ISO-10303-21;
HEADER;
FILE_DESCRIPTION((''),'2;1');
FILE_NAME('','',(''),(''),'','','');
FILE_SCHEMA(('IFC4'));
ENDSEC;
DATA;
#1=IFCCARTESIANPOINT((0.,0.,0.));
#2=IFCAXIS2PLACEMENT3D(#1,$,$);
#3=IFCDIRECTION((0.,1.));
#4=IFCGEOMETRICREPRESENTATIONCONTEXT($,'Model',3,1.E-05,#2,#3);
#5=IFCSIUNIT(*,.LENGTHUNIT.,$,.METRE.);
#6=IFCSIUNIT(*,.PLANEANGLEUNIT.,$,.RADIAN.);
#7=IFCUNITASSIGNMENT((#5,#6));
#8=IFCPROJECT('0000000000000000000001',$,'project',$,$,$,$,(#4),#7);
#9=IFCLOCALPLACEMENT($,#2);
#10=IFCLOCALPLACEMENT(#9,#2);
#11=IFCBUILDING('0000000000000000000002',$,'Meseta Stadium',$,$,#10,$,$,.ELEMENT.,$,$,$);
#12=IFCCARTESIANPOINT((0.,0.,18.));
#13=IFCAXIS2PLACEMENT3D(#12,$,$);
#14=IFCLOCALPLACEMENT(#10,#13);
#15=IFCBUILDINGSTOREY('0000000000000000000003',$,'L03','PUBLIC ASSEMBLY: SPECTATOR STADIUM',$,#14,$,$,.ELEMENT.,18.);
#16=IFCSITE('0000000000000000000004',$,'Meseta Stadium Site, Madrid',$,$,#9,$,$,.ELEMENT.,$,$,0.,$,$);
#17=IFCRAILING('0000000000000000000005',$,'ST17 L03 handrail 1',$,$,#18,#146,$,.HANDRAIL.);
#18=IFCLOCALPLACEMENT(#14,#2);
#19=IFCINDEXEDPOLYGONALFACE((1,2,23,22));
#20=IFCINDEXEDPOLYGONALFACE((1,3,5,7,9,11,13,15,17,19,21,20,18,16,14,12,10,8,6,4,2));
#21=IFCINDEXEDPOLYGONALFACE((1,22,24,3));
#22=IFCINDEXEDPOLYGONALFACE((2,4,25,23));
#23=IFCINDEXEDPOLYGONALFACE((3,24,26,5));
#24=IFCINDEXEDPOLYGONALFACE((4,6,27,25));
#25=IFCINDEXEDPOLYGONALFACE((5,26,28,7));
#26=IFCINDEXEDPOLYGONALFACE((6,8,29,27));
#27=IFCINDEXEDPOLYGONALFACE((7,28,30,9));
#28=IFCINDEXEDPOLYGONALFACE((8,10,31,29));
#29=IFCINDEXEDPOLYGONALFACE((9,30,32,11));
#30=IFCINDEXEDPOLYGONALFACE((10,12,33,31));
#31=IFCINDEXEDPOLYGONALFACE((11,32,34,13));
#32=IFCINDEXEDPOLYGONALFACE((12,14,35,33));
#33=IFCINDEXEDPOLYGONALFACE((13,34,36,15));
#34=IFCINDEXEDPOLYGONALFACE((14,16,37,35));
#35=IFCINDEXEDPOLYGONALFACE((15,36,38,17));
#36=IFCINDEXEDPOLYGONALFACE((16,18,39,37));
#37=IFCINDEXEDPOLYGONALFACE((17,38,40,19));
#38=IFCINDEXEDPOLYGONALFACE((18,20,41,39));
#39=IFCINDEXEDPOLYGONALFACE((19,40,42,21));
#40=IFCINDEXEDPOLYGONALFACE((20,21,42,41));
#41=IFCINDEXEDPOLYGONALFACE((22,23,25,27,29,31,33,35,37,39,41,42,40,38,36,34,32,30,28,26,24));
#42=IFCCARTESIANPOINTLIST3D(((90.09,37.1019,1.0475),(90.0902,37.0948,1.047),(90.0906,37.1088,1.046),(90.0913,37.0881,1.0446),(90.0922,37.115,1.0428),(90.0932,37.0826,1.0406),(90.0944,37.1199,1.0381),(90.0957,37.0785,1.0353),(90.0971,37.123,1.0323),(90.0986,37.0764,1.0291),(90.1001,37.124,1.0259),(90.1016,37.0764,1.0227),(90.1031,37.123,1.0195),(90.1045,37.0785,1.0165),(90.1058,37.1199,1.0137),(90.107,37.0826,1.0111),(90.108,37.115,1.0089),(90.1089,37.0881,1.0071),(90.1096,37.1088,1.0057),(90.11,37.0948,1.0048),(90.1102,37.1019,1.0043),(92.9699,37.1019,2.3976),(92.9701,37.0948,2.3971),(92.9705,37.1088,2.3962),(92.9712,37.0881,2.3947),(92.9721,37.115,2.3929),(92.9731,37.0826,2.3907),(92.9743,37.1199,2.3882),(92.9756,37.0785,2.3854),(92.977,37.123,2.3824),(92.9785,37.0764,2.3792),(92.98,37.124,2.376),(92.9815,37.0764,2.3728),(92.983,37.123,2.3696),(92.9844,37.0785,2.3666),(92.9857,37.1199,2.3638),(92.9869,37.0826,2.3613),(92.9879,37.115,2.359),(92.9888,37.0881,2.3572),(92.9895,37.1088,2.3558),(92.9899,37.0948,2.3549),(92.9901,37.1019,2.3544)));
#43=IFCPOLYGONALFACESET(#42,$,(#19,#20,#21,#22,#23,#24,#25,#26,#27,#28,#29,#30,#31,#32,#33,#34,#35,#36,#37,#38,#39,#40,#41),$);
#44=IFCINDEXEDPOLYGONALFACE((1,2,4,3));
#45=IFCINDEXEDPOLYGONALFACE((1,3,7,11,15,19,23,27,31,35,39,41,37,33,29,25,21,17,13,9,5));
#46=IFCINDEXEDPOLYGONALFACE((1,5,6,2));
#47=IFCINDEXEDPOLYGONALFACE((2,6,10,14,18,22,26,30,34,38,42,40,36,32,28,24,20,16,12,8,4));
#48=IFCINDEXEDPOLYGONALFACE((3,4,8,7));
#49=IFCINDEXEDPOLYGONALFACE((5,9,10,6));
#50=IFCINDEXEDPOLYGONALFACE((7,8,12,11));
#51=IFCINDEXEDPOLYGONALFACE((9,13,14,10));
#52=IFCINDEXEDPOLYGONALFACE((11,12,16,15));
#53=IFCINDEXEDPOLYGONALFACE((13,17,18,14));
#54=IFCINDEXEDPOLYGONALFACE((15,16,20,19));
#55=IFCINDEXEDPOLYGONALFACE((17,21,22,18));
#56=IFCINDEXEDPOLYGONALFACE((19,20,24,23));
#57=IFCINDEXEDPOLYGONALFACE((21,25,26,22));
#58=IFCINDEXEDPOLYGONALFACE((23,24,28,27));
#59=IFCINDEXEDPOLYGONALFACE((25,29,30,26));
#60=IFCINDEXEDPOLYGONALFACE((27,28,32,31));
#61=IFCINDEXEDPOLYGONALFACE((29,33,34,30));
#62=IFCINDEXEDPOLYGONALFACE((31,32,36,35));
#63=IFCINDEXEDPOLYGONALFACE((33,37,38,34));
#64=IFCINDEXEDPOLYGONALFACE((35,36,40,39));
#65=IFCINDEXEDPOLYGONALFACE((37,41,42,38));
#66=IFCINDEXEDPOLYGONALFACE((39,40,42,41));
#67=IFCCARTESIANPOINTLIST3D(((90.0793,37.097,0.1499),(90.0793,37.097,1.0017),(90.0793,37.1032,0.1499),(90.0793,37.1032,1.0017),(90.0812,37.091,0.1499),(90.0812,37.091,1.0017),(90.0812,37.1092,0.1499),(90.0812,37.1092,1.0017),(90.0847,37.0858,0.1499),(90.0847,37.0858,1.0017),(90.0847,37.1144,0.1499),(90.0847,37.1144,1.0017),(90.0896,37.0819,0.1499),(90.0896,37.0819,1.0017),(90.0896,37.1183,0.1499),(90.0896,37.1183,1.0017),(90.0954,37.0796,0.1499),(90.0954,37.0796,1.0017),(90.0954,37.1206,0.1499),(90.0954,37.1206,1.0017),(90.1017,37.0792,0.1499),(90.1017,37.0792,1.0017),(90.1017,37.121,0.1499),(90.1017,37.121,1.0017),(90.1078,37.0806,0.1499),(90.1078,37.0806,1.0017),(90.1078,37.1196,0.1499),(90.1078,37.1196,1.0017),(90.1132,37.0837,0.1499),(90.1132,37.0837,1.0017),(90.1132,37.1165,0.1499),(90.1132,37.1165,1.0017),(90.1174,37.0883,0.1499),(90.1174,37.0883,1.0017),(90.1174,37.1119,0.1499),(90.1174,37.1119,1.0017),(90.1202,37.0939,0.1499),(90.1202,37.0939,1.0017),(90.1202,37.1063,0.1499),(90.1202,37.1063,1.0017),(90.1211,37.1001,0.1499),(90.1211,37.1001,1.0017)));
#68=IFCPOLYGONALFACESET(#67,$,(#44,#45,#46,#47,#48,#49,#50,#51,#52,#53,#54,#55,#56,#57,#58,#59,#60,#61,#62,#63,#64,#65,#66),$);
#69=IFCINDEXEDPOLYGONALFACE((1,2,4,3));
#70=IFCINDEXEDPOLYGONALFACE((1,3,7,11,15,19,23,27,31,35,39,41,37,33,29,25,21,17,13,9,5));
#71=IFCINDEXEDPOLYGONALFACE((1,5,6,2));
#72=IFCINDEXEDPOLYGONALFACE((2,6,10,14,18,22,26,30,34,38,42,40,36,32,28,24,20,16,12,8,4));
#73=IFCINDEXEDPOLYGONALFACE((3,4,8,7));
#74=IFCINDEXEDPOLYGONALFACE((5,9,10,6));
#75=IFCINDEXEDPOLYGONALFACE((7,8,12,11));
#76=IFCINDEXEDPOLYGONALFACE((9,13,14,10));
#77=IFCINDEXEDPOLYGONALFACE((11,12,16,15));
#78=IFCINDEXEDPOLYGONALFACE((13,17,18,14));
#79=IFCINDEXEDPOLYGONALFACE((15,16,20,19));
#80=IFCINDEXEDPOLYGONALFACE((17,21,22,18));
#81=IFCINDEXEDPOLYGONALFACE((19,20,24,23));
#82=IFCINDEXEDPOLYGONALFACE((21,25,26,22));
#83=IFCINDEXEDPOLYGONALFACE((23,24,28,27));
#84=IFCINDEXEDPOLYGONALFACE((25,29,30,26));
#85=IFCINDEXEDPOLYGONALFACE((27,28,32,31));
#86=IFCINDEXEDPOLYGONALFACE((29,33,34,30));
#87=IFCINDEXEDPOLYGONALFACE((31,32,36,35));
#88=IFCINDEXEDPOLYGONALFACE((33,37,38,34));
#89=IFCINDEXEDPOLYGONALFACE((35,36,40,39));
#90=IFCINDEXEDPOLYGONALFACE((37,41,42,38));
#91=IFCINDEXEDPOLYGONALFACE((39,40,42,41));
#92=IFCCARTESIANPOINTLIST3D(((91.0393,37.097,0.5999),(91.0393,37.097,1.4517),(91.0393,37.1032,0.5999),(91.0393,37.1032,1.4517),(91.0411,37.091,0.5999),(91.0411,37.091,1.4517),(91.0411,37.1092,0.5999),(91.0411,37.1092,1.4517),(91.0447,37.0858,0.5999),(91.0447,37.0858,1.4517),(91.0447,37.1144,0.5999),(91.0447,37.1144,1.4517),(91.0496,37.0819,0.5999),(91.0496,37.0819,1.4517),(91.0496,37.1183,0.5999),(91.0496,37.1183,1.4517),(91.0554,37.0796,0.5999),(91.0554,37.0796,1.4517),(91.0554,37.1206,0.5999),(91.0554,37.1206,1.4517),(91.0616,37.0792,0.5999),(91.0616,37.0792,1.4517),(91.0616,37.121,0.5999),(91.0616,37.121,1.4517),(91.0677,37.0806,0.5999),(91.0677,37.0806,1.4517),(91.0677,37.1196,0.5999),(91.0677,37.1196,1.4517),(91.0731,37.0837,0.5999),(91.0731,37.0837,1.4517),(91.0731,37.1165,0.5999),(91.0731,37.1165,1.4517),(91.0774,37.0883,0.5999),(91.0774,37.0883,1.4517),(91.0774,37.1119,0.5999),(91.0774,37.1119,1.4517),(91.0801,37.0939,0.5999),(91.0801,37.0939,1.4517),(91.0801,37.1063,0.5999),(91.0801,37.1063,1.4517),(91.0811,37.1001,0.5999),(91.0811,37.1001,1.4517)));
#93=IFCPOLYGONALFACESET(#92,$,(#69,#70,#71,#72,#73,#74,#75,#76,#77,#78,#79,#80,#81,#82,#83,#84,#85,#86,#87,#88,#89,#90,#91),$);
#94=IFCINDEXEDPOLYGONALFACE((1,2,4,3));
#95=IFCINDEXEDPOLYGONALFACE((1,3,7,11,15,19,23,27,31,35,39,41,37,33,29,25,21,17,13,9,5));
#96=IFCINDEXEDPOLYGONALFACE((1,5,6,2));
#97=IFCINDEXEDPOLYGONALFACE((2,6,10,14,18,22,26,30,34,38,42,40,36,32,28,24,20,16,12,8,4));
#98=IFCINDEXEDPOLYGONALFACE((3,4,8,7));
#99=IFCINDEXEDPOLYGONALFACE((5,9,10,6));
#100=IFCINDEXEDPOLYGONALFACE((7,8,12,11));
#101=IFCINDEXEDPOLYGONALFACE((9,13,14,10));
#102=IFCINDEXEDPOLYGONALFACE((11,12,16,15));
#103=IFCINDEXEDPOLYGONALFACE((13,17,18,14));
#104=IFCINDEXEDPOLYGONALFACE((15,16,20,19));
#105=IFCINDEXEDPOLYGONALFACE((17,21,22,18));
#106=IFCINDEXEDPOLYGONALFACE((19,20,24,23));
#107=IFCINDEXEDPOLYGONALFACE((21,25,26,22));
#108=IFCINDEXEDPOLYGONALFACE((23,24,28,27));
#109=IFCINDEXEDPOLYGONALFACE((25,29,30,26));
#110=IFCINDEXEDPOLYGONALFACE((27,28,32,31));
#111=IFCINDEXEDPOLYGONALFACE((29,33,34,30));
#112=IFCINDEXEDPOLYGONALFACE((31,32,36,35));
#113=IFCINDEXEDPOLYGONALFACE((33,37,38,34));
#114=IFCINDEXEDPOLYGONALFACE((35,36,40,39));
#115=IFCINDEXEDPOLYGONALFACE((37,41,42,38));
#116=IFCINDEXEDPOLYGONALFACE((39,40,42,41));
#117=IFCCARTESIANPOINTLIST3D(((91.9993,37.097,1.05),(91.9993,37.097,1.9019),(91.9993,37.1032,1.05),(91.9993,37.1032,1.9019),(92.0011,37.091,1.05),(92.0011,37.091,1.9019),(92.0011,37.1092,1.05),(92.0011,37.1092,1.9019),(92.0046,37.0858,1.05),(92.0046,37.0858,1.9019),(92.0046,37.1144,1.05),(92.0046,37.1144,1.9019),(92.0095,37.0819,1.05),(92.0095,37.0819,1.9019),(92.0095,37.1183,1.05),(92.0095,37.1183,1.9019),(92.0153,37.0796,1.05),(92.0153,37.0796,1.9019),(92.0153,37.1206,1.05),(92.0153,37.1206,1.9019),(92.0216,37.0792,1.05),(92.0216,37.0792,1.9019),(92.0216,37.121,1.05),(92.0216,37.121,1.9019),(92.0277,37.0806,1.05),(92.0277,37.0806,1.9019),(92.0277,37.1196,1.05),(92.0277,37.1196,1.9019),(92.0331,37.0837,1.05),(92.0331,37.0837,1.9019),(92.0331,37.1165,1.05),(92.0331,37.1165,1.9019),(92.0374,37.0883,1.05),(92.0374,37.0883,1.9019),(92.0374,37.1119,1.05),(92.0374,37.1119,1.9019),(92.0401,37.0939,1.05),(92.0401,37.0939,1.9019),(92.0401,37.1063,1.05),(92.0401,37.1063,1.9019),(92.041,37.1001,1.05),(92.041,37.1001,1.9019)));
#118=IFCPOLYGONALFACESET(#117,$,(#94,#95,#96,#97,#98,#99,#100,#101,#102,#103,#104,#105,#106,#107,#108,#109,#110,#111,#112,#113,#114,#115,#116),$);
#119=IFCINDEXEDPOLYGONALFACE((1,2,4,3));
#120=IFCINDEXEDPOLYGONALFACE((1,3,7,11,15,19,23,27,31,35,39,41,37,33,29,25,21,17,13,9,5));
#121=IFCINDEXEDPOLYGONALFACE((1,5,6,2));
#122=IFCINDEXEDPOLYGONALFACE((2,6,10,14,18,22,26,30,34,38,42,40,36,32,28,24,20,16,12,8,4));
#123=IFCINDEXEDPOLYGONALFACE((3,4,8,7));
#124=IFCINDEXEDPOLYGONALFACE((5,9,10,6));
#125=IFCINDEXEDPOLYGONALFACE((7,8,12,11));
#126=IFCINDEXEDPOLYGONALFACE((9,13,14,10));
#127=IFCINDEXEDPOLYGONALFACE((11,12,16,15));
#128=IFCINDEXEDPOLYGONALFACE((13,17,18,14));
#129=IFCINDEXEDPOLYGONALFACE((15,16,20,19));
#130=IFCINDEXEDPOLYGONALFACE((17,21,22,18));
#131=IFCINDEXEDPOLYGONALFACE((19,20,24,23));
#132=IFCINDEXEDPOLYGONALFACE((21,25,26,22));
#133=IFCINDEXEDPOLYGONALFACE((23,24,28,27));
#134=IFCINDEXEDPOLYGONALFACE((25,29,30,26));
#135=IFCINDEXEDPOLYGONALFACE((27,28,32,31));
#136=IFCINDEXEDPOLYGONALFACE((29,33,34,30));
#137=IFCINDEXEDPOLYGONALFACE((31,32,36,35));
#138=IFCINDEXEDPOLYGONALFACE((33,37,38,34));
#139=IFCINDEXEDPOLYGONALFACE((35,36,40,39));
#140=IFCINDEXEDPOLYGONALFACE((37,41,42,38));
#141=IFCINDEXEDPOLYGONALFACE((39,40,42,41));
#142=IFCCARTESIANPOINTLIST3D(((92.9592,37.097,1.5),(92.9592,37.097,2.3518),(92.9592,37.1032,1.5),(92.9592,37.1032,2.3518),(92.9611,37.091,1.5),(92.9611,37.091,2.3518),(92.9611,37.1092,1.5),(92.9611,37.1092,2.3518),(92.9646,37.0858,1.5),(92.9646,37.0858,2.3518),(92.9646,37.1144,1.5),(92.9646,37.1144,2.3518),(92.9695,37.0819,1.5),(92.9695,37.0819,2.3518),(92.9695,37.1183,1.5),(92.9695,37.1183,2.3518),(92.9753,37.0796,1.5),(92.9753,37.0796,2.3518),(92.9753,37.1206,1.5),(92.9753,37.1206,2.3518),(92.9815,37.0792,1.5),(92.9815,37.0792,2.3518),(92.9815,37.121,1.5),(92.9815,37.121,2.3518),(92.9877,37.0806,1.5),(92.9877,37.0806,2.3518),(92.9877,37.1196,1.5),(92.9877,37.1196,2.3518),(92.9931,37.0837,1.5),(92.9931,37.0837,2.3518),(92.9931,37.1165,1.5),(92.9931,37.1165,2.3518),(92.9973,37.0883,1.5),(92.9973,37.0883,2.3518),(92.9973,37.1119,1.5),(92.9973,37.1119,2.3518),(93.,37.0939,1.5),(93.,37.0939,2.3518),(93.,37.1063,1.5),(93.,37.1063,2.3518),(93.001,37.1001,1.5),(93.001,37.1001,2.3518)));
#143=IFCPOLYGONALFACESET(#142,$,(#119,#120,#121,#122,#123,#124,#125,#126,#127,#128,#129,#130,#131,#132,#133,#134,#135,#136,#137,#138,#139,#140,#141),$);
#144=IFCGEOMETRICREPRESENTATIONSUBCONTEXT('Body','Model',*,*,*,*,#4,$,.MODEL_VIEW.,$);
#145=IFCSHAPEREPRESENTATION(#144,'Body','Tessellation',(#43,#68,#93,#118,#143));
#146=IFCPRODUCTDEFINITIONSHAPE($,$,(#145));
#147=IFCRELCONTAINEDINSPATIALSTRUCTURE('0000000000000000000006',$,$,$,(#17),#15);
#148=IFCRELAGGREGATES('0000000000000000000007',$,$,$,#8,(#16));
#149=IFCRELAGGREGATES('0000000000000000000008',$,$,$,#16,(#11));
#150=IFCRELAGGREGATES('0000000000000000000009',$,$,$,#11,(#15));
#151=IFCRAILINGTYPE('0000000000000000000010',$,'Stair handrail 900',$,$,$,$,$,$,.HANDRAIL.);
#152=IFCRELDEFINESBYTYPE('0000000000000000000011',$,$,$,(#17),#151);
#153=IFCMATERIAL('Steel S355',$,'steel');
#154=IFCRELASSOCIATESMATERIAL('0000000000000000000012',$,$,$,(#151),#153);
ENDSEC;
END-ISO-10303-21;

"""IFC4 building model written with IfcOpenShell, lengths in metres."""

from ifc_helpers import new_model, si_unit, direction, frame, origin, origin_2d, place, context, subcontext, project, spatial, circle, extrude, material, type_object, element, save


model = new_model("IFC4")

# Units and contexts
model_context = context("Model", 3, precision=1e-05, world=origin(), true_north=direction((0.0, 1.0)))
body_context = subcontext(model_context, "Body", "Model", "MODEL_VIEW")
ifc_project = project(units=[si_unit("LENGTHUNIT", "METRE"), si_unit("PLANEANGLEUNIT", "RADIAN")], contexts=[model_context])

# Site, building, storey
site_placement = place(None, origin())
site = spatial("IfcSite", under=ifc_project, at=site_placement, Name="Meseta Stadium Site, Madrid", CompositionType="ELEMENT", RefElevation=0.0)
building_placement = place(site_placement, origin())
building = spatial("IfcBuilding", under=site, at=building_placement, Name="Meseta Stadium", CompositionType="ELEMENT")
storey_placement = place(building_placement, frame((0.0, 0.0, 18.0)))
storey = spatial("IfcBuildingStorey", under=building, at=storey_placement, Name="L03", Description="PUBLIC ASSEMBLY: SPECTATOR STADIUM", CompositionType="ELEMENT", Elevation=18.0)

# Railing
ifc_material_1 = material(Name="Steel S355", Category="steel")
railing_type_1 = type_object("IfcRailingType", Name="Stair handrail 900", PredefinedType="HANDRAIL", material=ifc_material_1)
for number, where, name in (
    (1, (90.1001, 37.1001, 0.1499), "ST17 L03 handrail 1"),
):
    element("IfcRailing", number, at=place(storey_placement, frame(where)), inside=storey, type_object=railing_type_1, Name=name, PredefinedType="HANDRAIL", context=body_context, shape_type="SweptSolid", body=[
        extrude(circle(Radius=0.0239, at=origin_2d()), frame((0.0, 0.0, 0.876), z_axis=(0.90544, 0.0, 0.424473), x_axis=(0.0, 1.0, 0.0)), (0.0, 0.0, 1.0), 3.1807),
        extrude(circle(Radius=0.021, at=origin_2d()), origin(), (0.0, 0.0, 1.0), 0.8518),
        extrude(circle(Radius=0.021, at=origin_2d()), frame((0.96, 0.0, 0.45)), (0.0, 0.0, 1.0), 0.8518),
        extrude(circle(Radius=0.021, at=origin_2d()), frame((1.9199, 0.0, 0.9001)), (0.0, 0.0, 1.0), 0.8518),
        extrude(circle(Radius=0.021, at=origin_2d()), frame((2.8799, 0.0, 1.3501)), (0.0, 0.0, 1.0), 0.8518),
    ])

save(model, "model.ifc")
